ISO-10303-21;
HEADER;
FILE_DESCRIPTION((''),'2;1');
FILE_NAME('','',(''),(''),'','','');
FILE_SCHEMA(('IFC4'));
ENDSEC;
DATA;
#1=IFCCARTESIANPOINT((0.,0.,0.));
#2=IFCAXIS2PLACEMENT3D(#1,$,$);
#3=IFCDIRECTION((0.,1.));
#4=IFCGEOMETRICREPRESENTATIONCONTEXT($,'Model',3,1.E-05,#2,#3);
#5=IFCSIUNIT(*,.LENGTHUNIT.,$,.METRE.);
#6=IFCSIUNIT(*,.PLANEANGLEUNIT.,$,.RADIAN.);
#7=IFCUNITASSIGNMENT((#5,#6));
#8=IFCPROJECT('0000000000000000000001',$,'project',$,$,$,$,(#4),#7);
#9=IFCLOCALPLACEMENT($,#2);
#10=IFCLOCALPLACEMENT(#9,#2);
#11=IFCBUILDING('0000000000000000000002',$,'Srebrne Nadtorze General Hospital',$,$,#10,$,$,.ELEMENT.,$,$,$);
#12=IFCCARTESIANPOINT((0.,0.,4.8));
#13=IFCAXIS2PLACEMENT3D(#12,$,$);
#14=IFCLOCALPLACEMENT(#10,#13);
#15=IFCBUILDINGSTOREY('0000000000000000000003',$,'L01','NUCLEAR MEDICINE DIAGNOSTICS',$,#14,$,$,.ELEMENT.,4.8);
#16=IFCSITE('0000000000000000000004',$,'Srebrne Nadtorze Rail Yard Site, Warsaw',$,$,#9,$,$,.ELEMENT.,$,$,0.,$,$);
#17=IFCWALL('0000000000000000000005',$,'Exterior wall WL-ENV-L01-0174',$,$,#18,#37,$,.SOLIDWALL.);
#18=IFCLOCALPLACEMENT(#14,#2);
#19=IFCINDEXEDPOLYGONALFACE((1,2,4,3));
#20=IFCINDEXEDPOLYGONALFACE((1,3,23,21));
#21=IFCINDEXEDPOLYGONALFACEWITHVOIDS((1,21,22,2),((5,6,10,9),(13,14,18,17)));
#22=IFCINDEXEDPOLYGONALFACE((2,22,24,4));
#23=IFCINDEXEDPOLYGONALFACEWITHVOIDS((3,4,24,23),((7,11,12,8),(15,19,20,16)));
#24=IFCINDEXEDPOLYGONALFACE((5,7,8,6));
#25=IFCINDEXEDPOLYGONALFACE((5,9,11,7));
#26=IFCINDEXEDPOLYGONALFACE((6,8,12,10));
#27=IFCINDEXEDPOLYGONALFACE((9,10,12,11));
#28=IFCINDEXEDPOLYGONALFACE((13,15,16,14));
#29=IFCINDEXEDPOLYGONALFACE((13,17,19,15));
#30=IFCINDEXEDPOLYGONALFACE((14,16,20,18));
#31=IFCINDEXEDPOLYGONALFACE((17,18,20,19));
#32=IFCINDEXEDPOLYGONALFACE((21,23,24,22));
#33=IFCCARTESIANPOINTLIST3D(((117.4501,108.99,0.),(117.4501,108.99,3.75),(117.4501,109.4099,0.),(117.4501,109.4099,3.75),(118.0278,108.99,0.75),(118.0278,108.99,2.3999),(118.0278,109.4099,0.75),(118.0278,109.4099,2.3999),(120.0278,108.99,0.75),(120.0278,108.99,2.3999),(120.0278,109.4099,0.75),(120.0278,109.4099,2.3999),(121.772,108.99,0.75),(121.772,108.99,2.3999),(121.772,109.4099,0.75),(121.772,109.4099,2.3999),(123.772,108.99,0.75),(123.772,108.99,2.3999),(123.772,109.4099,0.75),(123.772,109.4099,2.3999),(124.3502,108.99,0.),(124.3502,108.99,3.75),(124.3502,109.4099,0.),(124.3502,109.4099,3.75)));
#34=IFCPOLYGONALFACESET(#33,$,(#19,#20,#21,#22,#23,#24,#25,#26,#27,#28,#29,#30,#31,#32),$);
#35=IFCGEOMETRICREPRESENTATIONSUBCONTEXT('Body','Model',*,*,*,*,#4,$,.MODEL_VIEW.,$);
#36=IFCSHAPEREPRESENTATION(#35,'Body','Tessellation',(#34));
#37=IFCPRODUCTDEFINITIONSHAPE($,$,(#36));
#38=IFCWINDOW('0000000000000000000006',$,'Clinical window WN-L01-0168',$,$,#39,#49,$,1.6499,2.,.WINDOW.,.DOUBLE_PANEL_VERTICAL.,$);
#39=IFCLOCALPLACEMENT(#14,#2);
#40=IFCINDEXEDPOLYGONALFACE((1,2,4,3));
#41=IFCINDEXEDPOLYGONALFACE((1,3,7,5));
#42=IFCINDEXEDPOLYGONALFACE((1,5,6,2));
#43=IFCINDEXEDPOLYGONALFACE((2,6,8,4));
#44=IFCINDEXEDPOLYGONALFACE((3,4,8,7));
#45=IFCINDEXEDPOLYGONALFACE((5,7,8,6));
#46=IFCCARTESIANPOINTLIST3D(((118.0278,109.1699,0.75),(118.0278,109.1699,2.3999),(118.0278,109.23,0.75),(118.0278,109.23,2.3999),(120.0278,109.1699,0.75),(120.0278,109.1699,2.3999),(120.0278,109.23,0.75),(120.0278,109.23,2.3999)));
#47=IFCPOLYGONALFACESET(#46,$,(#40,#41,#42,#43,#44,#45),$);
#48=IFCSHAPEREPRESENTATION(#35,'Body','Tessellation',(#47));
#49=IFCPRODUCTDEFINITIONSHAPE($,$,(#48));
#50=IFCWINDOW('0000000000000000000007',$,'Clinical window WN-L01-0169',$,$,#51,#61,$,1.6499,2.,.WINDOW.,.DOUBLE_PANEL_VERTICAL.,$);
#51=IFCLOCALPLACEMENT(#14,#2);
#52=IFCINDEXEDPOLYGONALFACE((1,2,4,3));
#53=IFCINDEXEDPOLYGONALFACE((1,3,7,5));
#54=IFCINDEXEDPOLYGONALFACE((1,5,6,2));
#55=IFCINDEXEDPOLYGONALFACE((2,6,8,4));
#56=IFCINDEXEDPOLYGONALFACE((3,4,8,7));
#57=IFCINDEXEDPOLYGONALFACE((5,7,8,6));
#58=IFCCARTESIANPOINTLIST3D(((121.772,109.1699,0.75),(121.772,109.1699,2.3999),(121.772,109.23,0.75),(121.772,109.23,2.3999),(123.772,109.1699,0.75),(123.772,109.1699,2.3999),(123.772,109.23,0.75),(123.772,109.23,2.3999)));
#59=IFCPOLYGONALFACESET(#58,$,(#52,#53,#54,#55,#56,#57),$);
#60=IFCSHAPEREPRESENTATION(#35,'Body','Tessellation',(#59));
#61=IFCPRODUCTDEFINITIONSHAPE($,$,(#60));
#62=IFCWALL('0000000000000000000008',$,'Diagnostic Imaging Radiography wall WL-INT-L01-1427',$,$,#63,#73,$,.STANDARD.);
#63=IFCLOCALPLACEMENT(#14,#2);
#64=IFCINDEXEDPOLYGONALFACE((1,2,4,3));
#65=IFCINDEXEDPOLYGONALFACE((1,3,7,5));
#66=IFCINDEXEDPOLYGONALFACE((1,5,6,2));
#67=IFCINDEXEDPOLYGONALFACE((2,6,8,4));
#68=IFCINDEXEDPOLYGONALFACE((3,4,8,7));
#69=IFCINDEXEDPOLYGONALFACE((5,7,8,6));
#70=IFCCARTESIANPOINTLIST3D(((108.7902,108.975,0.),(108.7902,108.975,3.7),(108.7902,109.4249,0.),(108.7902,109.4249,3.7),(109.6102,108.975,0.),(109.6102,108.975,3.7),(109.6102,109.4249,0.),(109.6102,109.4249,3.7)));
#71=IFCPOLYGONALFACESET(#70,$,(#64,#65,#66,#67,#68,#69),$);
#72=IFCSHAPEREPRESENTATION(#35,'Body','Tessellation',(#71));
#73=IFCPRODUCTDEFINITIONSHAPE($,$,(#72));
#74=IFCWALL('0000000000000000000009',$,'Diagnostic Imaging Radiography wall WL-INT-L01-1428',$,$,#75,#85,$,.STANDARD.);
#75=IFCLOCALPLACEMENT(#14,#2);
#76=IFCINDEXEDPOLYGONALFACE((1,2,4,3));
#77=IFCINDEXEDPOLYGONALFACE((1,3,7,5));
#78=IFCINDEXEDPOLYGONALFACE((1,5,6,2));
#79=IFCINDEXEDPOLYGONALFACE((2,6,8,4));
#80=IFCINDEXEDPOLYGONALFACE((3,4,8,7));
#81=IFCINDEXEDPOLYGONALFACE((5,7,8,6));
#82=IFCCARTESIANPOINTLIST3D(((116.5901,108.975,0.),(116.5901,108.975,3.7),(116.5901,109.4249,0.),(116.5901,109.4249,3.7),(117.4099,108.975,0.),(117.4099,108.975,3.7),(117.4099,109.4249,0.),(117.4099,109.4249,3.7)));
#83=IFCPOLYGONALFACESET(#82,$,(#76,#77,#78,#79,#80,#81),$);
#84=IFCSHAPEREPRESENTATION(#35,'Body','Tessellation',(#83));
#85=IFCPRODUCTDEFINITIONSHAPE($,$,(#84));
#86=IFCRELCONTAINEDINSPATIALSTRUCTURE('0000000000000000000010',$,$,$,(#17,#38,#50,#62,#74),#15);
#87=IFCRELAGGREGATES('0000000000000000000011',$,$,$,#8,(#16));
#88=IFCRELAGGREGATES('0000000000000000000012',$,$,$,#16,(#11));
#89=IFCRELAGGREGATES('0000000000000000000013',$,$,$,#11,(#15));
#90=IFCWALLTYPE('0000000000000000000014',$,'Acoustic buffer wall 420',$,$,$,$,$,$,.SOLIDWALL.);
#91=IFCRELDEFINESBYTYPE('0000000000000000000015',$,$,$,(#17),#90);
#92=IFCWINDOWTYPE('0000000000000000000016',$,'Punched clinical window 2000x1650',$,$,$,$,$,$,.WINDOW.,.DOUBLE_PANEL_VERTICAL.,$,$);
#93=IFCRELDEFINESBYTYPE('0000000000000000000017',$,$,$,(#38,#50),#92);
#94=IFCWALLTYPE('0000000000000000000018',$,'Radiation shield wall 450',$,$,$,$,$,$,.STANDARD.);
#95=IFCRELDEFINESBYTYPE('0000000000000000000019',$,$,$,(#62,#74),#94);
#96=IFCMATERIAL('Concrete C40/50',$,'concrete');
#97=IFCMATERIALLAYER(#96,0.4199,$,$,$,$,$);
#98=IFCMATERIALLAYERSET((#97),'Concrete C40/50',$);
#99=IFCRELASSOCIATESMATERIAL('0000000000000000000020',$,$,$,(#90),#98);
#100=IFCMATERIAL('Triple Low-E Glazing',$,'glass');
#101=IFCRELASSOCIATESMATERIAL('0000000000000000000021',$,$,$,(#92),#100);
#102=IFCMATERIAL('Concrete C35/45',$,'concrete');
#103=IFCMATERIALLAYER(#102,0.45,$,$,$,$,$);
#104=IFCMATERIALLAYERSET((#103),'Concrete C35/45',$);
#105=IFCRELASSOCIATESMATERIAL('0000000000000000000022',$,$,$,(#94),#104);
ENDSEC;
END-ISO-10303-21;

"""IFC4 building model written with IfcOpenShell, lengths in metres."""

from ifc_helpers import new_model, si_unit, direction, frame, frame_2d, origin, place, context, subcontext, project, spatial, rectangle, extrude, material, layer, layer_set, type_object, element, fill, save


model = new_model("IFC4")

# Units and contexts
model_context = context("Model", 3, precision=1e-05, world=origin(), true_north=direction((0.0, 1.0)))
body_context = subcontext(model_context, "Body", "Model", "MODEL_VIEW")
ifc_project = project(units=[si_unit("LENGTHUNIT", "METRE"), si_unit("PLANEANGLEUNIT", "RADIAN")], contexts=[model_context])

# Site, building, storey
site_placement = place(None, origin())
site = spatial("IfcSite", under=ifc_project, at=site_placement, Name="Srebrne Nadtorze Rail Yard Site, Warsaw", CompositionType="ELEMENT", RefElevation=0.0)
building_placement = place(site_placement, origin())
building = spatial("IfcBuilding", under=site, at=building_placement, Name="Srebrne Nadtorze General Hospital", CompositionType="ELEMENT")
storey_placement = place(building_placement, frame((0.0, 0.0, 4.8)))
storey = spatial("IfcBuildingStorey", under=building, at=storey_placement, Name="L01", Description="NUCLEAR MEDICINE DIAGNOSTICS", CompositionType="ELEMENT", Elevation=4.8)

# Wall, openings, windows
ifc_material_1 = material(Name="Concrete C40/50", Category="concrete")
ifc_layer_1 = layer(ifc_material_1, 0.4199)
ifc_layer_set_1 = layer_set([ifc_layer_1], Name="Concrete C40/50")
wall_type_1 = type_object("IfcWallType", Name="Acoustic buffer wall 420", PredefinedType="SOLIDWALL", material=ifc_layer_set_1)
wall_1_placement = place(storey_placement, frame((117.45, 109.2, 0.0), z_axis=(0.0, 0.0, 1.0), x_axis=(1.0, 0.0, 0.0)))
wall_1 = element("IfcWall", 1, at=wall_1_placement, inside=storey, type_object=wall_type_1, Name="Exterior wall WL-ENV-L01-0174", PredefinedType="SOLIDWALL", context=body_context, shape_type="SweptSolid", body=[
    extrude(rectangle(XDim=6.9001, YDim=0.4199, at=frame_2d((3.4502, 0.0))), origin(), (0.0, 0.0, 1.0), 3.75),
])
opening_1_placement = place(wall_1_placement, frame((0.5779, 0.0, 0.75)))
opening_1 = element("IfcOpeningElement", 2, at=opening_1_placement, cuts=wall_1, PredefinedType="OPENING", context=body_context, shape_type="SweptSolid", body=[
    extrude(rectangle(XDim=2.0, YDim=1.6499, at=frame_2d((1.0, 0.825))), frame((0.0, 0.2219, 0.0), z_axis=(0.0, -1.0, 0.0), x_axis=(1.0, 0.0, 0.0)), (0.0, 0.0, 1.0), 0.4438),
])
opening_2_placement = place(wall_1_placement, frame((4.322, 0.0, 0.75)))
opening_2 = element("IfcOpeningElement", 3, at=opening_2_placement, cuts=wall_1, PredefinedType="OPENING", context=body_context, shape_type="SweptSolid", body=[
    extrude(rectangle(XDim=2.0, YDim=1.6499, at=frame_2d((1.0, 0.825))), frame((0.0, 0.2219, 0.0), z_axis=(0.0, -1.0, 0.0), x_axis=(1.0, 0.0, 0.0)), (0.0, 0.0, 1.0), 0.4438),
])
ifc_material_2 = material(Name="Triple Low-E Glazing", Category="glass")
window_type_1 = type_object("IfcWindowType", Name="Punched clinical window 2000x1650", PartitioningType="DOUBLE_PANEL_VERTICAL", PredefinedType="WINDOW", material=ifc_material_2)
window_1_placement = place(opening_1_placement, origin())
window_1 = element("IfcWindow", 4, at=window_1_placement, inside=storey, type_object=window_type_1, Name="Clinical window WN-L01-0168", OverallHeight=1.6499, OverallWidth=2.0, PartitioningType="DOUBLE_PANEL_VERTICAL", PredefinedType="WINDOW", context=body_context, shape_type="SweptSolid", body=[
    extrude(rectangle(XDim=2.0, YDim=1.6499, at=frame_2d((1.0, 0.825))), frame((0.0, 0.03, 0.0), z_axis=(0.0, -1.0, 0.0), x_axis=(1.0, 0.0, 0.0)), (0.0, 0.0, 1.0), 0.0601),
])
fill(opening_1, window_1)
window_2_placement = place(opening_2_placement, origin())
window_2 = element("IfcWindow", 5, at=window_2_placement, inside=storey, type_object=window_type_1, Name="Clinical window WN-L01-0169", OverallHeight=1.6499, OverallWidth=2.0, PartitioningType="DOUBLE_PANEL_VERTICAL", PredefinedType="WINDOW", context=body_context, shape_type="SweptSolid", body=[
    extrude(rectangle(XDim=2.0, YDim=1.6499, at=frame_2d((1.0, 0.825))), frame((0.0, 0.03, 0.0), z_axis=(0.0, -1.0, 0.0), x_axis=(1.0, 0.0, 0.0)), (0.0, 0.0, 1.0), 0.0601),
])
fill(opening_2, window_2)

# Walls
ifc_material_3 = material(Name="Concrete C35/45", Category="concrete")
ifc_layer_2 = layer(ifc_material_3, 0.45)
ifc_layer_set_2 = layer_set([ifc_layer_2], Name="Concrete C35/45")
wall_type_2 = type_object("IfcWallType", Name="Radiation shield wall 450", PredefinedType="STANDARD", material=ifc_layer_set_2)
wall_2_placement = place(storey_placement, frame((108.79, 109.2, 0.0), z_axis=(0.0, 0.0, 1.0), x_axis=(1.0, 0.0, 0.0)))
element("IfcWall", 6, at=wall_2_placement, inside=storey, type_object=wall_type_2, Name="Diagnostic Imaging Radiography wall WL-INT-L01-1427", PredefinedType="STANDARD", context=body_context, shape_type="SweptSolid", body=[
    extrude(rectangle(XDim=0.8201, YDim=0.45, at=frame_2d((0.4102, 0.0))), origin(), (0.0, 0.0, 1.0), 3.7),
])
wall_3_placement = place(storey_placement, frame((116.5901, 109.2, 0.0), z_axis=(0.0, 0.0, 1.0), x_axis=(1.0, 0.0, 0.0)))
element("IfcWall", 7, at=wall_3_placement, inside=storey, type_object=wall_type_2, Name="Diagnostic Imaging Radiography wall WL-INT-L01-1428", PredefinedType="STANDARD", context=body_context, shape_type="SweptSolid", body=[
    extrude(rectangle(XDim=0.8198, YDim=0.45, at=frame_2d((0.4099, 0.0))), origin(), (0.0, 0.0, 1.0), 3.7),
])

save(model, "model.ifc")
